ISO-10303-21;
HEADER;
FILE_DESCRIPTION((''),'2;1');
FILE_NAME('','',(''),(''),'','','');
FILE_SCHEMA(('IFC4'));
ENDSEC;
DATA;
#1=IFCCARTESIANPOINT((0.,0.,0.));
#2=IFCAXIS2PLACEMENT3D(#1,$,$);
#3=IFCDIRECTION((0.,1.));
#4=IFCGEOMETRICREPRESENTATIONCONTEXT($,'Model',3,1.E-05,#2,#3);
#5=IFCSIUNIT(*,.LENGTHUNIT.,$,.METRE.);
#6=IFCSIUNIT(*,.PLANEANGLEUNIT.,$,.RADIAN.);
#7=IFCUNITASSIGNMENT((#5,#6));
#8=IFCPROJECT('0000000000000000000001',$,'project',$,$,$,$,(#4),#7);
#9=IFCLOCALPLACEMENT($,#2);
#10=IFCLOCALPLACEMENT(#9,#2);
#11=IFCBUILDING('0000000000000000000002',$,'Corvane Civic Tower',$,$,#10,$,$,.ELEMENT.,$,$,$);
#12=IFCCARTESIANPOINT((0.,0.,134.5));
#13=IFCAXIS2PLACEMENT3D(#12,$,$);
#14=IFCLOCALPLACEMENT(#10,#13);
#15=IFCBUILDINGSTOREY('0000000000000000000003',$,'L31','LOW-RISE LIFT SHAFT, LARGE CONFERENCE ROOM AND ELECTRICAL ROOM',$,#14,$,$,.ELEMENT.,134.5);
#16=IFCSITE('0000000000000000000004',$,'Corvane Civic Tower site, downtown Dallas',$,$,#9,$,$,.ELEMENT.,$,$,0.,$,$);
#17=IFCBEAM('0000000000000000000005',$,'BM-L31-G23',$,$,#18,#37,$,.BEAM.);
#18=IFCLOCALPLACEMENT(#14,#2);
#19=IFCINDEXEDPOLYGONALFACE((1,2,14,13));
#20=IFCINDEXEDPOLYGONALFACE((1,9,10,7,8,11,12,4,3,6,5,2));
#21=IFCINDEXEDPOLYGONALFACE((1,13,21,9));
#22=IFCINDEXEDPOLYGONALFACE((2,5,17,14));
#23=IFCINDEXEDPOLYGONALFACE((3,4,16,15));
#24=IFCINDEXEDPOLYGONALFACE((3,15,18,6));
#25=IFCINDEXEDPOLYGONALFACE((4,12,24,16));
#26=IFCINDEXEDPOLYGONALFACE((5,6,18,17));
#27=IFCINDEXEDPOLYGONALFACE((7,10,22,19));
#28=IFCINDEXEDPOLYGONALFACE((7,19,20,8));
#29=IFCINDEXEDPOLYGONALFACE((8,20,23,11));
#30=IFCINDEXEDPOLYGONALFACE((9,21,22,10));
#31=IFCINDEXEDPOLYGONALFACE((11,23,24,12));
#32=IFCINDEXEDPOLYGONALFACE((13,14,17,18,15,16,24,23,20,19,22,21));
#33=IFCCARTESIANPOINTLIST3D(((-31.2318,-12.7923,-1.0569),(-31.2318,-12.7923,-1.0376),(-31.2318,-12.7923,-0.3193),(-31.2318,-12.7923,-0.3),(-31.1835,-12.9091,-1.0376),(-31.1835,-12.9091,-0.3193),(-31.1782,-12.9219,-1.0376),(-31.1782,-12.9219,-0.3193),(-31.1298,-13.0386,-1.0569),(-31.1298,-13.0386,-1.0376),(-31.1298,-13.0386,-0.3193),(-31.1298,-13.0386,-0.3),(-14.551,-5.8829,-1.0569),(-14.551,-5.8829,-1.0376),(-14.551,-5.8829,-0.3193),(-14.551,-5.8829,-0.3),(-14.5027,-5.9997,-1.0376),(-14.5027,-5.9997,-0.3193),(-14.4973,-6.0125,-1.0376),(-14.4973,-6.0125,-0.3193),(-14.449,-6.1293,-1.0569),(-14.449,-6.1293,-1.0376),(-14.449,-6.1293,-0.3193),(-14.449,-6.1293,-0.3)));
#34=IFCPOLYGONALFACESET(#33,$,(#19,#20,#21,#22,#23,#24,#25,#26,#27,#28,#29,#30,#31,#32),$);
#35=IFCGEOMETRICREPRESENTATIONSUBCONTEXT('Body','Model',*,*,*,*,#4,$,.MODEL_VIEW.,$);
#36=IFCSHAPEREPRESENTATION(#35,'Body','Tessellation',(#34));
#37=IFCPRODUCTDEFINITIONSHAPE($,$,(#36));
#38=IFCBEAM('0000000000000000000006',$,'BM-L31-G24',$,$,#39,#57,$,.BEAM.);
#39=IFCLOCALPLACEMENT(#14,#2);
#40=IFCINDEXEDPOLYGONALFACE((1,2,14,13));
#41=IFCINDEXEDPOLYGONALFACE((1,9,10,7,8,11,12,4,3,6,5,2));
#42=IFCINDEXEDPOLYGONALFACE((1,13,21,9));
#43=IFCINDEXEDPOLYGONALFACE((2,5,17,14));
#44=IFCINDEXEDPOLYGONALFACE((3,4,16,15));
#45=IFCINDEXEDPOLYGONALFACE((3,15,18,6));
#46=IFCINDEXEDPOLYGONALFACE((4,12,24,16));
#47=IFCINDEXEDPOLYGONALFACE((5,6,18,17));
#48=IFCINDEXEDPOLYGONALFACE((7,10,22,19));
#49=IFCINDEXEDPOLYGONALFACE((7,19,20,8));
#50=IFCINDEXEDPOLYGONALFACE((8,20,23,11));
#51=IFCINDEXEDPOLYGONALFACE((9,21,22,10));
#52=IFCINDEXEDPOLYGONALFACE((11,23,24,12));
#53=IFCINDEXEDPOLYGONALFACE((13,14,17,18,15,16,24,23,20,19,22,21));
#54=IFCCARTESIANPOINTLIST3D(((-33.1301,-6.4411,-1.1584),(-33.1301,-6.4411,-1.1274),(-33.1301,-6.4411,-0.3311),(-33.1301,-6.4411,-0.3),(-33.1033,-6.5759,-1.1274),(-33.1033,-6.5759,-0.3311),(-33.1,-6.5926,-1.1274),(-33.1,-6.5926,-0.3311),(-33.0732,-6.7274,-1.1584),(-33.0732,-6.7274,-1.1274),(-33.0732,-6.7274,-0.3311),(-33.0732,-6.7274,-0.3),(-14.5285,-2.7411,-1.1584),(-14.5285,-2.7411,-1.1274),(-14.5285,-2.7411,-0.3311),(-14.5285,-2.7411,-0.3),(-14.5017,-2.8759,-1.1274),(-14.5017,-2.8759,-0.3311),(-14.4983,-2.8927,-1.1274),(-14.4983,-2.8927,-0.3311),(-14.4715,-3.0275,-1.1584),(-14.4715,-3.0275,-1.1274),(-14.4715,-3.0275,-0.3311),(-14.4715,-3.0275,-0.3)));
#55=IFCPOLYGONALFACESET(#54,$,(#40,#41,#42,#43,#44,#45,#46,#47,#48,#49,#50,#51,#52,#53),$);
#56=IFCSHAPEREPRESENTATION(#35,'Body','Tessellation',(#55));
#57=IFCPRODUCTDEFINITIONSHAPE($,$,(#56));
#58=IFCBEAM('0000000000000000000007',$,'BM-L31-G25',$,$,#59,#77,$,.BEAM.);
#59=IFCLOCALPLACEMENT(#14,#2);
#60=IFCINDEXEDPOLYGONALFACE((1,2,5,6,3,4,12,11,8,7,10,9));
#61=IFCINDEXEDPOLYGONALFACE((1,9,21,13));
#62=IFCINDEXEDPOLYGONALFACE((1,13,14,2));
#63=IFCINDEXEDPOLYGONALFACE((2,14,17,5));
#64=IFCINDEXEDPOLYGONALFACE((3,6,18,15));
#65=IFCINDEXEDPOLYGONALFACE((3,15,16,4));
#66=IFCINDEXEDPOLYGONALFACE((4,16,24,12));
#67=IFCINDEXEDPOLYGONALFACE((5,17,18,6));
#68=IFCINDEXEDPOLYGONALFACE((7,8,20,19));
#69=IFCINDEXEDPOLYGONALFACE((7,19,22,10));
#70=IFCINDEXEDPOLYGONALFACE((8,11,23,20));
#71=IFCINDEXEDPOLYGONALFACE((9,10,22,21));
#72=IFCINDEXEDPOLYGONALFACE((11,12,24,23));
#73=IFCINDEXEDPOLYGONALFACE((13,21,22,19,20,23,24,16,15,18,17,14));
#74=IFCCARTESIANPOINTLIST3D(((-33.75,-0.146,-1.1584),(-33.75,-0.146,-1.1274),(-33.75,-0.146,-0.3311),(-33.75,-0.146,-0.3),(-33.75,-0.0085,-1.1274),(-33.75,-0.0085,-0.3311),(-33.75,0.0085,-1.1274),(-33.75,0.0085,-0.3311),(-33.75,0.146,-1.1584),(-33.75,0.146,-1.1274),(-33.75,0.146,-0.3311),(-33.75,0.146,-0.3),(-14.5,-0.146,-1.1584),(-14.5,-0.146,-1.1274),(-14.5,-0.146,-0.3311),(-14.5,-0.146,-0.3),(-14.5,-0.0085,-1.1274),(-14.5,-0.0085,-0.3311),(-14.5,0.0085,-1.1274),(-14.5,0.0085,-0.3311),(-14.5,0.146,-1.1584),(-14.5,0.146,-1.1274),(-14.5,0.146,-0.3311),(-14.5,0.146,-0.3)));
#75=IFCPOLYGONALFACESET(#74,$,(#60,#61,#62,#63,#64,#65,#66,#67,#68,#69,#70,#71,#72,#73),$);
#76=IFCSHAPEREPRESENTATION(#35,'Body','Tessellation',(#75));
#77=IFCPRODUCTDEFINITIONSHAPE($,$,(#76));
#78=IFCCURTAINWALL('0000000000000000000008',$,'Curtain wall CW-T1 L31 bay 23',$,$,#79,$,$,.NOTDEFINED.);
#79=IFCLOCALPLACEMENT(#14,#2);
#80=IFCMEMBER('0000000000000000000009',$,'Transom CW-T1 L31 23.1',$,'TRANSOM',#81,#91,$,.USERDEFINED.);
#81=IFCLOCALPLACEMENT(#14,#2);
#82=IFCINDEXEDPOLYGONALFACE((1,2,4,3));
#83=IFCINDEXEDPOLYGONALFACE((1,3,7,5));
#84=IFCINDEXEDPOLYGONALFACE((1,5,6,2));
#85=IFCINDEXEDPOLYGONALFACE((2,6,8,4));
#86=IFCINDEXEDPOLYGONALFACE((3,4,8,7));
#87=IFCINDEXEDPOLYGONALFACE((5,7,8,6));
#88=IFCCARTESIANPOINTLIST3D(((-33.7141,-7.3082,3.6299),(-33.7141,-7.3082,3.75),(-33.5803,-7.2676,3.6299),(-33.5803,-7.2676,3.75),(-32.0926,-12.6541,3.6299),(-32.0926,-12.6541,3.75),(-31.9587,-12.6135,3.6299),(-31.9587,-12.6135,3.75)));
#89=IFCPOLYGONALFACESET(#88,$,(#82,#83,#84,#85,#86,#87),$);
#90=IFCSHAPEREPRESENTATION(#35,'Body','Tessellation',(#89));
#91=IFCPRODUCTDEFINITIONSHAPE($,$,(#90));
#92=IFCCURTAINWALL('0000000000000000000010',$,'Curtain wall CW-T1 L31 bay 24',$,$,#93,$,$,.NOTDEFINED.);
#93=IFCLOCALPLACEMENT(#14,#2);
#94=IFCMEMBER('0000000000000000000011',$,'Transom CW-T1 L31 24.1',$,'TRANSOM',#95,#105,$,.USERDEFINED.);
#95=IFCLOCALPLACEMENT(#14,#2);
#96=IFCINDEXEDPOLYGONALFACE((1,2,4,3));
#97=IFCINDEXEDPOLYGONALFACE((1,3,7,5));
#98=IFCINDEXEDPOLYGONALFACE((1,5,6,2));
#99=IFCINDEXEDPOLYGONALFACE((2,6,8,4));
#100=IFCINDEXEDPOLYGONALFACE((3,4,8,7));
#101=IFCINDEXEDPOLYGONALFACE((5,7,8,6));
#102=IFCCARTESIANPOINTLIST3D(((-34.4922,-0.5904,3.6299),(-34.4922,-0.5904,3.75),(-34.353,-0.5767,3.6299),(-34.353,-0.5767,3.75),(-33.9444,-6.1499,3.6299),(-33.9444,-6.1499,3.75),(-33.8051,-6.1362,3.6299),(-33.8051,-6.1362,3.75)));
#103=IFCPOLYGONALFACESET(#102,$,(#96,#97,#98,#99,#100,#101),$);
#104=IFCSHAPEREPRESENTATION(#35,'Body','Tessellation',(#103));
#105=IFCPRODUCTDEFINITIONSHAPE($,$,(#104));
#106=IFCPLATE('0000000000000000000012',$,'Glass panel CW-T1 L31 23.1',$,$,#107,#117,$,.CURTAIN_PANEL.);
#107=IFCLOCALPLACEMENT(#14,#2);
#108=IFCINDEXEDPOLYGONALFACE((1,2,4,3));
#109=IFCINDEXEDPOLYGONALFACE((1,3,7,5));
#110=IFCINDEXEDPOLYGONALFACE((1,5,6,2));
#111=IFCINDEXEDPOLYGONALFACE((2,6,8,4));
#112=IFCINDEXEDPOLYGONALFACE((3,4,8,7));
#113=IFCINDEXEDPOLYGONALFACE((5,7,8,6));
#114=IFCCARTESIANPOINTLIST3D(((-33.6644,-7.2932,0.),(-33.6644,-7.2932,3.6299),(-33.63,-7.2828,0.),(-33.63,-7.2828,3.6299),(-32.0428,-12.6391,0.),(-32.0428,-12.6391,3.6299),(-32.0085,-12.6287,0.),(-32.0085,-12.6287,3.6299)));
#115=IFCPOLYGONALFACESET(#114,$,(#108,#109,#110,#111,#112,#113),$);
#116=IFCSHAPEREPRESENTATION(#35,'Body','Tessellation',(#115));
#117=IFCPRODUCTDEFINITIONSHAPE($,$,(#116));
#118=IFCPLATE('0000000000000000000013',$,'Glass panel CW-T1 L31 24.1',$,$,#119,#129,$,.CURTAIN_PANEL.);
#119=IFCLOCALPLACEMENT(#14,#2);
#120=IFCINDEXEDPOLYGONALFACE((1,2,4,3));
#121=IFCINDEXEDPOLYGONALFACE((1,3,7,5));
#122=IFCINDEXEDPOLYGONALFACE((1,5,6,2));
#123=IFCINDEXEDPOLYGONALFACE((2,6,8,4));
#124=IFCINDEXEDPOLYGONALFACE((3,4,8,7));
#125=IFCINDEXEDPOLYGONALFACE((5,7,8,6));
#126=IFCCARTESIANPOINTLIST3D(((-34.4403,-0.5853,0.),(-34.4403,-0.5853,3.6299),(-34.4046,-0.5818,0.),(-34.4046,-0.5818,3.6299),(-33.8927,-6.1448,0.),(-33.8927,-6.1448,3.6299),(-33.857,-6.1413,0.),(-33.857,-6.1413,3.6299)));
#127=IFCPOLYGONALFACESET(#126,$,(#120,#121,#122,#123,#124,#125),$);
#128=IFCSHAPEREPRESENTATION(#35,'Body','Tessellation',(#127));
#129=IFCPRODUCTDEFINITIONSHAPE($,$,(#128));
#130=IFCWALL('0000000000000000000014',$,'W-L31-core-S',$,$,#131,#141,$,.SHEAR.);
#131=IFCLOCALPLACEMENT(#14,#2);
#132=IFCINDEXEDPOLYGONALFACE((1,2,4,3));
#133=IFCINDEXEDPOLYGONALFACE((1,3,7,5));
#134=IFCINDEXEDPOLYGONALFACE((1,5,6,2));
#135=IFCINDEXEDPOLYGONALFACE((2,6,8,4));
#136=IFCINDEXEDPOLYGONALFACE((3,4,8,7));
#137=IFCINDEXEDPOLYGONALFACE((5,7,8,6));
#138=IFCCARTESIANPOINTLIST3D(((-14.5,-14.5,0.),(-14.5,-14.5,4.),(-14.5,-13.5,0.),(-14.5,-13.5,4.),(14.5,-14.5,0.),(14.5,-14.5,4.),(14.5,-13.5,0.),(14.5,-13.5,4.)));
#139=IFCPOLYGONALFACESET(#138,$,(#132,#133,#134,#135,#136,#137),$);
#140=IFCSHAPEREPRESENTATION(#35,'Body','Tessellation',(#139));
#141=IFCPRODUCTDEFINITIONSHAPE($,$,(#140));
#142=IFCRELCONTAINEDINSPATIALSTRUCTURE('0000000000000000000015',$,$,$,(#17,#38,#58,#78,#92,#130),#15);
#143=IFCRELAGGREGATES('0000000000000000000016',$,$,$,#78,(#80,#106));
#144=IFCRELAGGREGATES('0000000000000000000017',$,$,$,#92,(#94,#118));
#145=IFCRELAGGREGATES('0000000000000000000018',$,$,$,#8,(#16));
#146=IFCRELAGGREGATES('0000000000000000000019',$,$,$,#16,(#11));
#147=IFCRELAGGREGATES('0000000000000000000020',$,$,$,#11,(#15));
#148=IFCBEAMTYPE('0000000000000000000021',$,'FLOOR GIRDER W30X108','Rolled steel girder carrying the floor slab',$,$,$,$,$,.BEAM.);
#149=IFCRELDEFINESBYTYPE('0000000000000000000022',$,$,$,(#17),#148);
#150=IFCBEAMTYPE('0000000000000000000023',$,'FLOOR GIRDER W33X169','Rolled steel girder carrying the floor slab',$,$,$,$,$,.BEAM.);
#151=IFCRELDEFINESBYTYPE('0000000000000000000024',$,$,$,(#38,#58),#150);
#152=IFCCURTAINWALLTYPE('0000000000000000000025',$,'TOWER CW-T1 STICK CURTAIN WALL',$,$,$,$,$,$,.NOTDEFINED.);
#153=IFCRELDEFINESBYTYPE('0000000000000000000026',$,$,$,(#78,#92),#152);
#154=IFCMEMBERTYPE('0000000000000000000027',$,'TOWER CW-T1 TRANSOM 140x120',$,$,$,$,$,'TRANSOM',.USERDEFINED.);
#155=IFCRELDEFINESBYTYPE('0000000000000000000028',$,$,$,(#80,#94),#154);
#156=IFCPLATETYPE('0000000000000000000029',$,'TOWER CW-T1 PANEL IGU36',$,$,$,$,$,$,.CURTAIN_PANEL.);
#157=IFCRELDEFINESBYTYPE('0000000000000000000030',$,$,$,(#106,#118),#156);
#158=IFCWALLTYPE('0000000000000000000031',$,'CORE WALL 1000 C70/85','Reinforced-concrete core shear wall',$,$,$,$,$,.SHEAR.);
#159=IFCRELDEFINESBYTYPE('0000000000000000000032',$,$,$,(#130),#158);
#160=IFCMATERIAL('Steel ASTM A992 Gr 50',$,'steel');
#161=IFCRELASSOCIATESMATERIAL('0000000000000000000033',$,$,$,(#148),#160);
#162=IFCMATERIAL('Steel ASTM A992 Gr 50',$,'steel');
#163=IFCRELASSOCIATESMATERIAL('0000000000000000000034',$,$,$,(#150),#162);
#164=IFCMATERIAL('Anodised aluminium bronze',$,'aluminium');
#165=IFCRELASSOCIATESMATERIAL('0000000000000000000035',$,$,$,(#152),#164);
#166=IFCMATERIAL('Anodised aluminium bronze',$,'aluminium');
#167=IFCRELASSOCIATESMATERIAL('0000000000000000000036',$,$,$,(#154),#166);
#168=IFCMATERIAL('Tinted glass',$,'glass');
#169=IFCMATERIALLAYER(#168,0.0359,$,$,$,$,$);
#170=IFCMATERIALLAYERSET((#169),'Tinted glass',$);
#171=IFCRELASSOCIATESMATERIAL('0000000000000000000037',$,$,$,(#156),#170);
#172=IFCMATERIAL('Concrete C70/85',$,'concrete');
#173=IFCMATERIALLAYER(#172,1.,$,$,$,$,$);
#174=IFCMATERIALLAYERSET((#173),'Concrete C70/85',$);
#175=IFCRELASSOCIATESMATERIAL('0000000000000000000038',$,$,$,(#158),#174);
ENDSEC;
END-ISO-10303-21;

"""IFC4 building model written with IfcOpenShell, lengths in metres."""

from ifc_helpers import new_model, si_unit, direction, frame, frame_2d, origin, origin_2d, place, context, subcontext, project, spatial, rectangle, i_section, extrude, material, layer, layer_set, material_profile, profile_set, type_object, element, aggregate, save


model = new_model("IFC4")

# Units and contexts
model_context = context("Model", 3, precision=1e-05, world=origin(), true_north=direction((0.0, 1.0)))
body_context = subcontext(model_context, "Body", "Model", "MODEL_VIEW")
ifc_project = project(units=[si_unit("LENGTHUNIT", "METRE"), si_unit("PLANEANGLEUNIT", "RADIAN")], contexts=[model_context])

# Site, building, storey
site_placement = place(None, origin())
site = spatial("IfcSite", under=ifc_project, at=site_placement, Name="Corvane Civic Tower site, downtown Dallas", CompositionType="ELEMENT", RefElevation=0.0)
building_placement = place(site_placement, origin())
building = spatial("IfcBuilding", under=site, at=building_placement, Name="Corvane Civic Tower", CompositionType="ELEMENT")
storey_placement = place(building_placement, frame((0.0, 0.0, 134.5)))
storey = spatial("IfcBuildingStorey", under=building, at=storey_placement, Name="L31", Description="LOW-RISE LIFT SHAFT, LARGE CONFERENCE ROOM AND ELECTRICAL ROOM", CompositionType="ELEMENT", Elevation=134.5)

# Beams
ifc_material_1 = material(Name="Steel ASTM A992 Gr 50", Category="steel")
ifc_material_profile_1 = material_profile(ifc_material_1, i_section(OverallWidth=0.2666, OverallDepth=0.7568, WebThickness=0.0139, FlangeThickness=0.0193, at=origin_2d()), Name="W30X108")
ifc_profile_set_1 = profile_set([ifc_material_profile_1], Name="Steel ASTM A992 Gr 50")
beam_type_1 = type_object("IfcBeamType", Name="FLOOR GIRDER W30X108", Description="Rolled steel girder carrying the floor slab", PredefinedType="BEAM", material=ifc_profile_set_1)
beam_1_placement = place(storey_placement, frame((-14.5, -6.0061, -0.6785), z_axis=(-0.92388, -0.382682, 0.0), x_axis=(0.382682, -0.92388, 0.0)))
element("IfcBeam", 1, at=beam_1_placement, inside=storey, type_object=beam_type_1, Name="BM-L31-G23", PredefinedType="BEAM", context=body_context, shape_type="SweptSolid", body=[
    extrude(i_section(OverallWidth=0.2666, OverallDepth=0.7568, WebThickness=0.0139, FlangeThickness=0.0193, at=origin_2d()), origin(), (0.0, 0.0, 1.0), 18.0552),
])
ifc_material_2 = material(Name="Steel ASTM A992 Gr 50", Category="steel")
ifc_material_profile_2 = material_profile(ifc_material_2, i_section(OverallWidth=0.292, OverallDepth=0.8584, WebThickness=0.0171, FlangeThickness=0.031, at=origin_2d()), Name="W33X169")
ifc_profile_set_2 = profile_set([ifc_material_profile_2], Name="Steel ASTM A992 Gr 50")
beam_type_2 = type_object("IfcBeamType", Name="FLOOR GIRDER W33X169", Description="Rolled steel girder carrying the floor slab", PredefinedType="BEAM", material=ifc_profile_set_2)
beam_2_placement = place(storey_placement, frame((-14.5, -2.8843, -0.7292), z_axis=(-0.980787, -0.195084, 0.0), x_axis=(0.195084, -0.980787, 0.0)))
element("IfcBeam", 2, at=beam_2_placement, inside=storey, type_object=beam_type_2, Name="BM-L31-G24", PredefinedType="BEAM", context=body_context, shape_type="SweptSolid", body=[
    extrude(i_section(OverallWidth=0.292, OverallDepth=0.8584, WebThickness=0.0171, FlangeThickness=0.031, at=origin_2d()), origin(), (0.0, 0.0, 1.0), 18.9661),
])
beam_3_placement = place(storey_placement, frame((-14.5, 0.0, -0.7292), z_axis=(-1.0, 0.0, 0.0), x_axis=(0.0, -1.0, 0.0)))
element("IfcBeam", 3, at=beam_3_placement, inside=storey, type_object=beam_type_2, Name="BM-L31-G25", PredefinedType="BEAM", context=body_context, shape_type="SweptSolid", body=[
    extrude(i_section(OverallWidth=0.292, OverallDepth=0.8584, WebThickness=0.0171, FlangeThickness=0.031, at=origin_2d()), origin(), (0.0, 0.0, 1.0), 19.25),
])

# Curtain walls, members
ifc_material_3 = material(Name="Anodised aluminium bronze", Category="aluminium")
curtain_wall_type = type_object("IfcCurtainWallType", Name="TOWER CW-T1 STICK CURTAIN WALL", PredefinedType="NOTDEFINED", material=ifc_material_3)
curtain_wall_1_placement = place(storey_placement, origin())
curtain_wall_1 = element("IfcCurtainWall", 4, at=curtain_wall_1_placement, inside=storey, type_object=curtain_wall_type, Name="Curtain wall CW-T1 L31 bay 23", PredefinedType="NOTDEFINED")
ifc_material_4 = material(Name="Anodised aluminium bronze", Category="aluminium")
ifc_material_profile_3 = material_profile(ifc_material_4, rectangle(XDim=0.1399, YDim=0.1201, at=origin_2d()), Name="TOWER CW-T1 TRANSOM 140x120")
ifc_profile_set_3 = profile_set([ifc_material_profile_3], Name="Anodised aluminium bronze")
member_type = type_object("IfcMemberType", Name="TOWER CW-T1 TRANSOM 140x120", ElementType="TRANSOM", PredefinedType="USERDEFINED", material=ifc_profile_set_3)
member_1_placement = place(storey_placement, frame((-32.0256, -12.6338, 3.6899), z_axis=(-0.290269, 0.956945, 0.0), x_axis=(-0.956945, -0.290269, 0.0)))
member_1 = element("IfcMember", 5, at=member_1_placement, type_object=member_type, Name="Transom CW-T1 L31 23.1", ObjectType="TRANSOM", PredefinedType="USERDEFINED", context=body_context, shape_type="SweptSolid", body=[
    extrude(rectangle(XDim=0.1399, YDim=0.1201, at=origin_2d()), origin(), (0.0, 0.0, 1.0), 5.5864),
])
curtain_wall_2_placement = place(storey_placement, origin())
curtain_wall_2 = element("IfcCurtainWall", 6, at=curtain_wall_2_placement, inside=storey, type_object=curtain_wall_type, Name="Curtain wall CW-T1 L31 bay 24", PredefinedType="NOTDEFINED")
member_2_placement = place(storey_placement, frame((-33.8748, -6.1431, 3.6899), z_axis=(-0.098067, 0.99518, 0.0), x_axis=(-0.99518, -0.098067, 0.0)))
member_2 = element("IfcMember", 7, at=member_2_placement, type_object=member_type, Name="Transom CW-T1 L31 24.1", ObjectType="TRANSOM", PredefinedType="USERDEFINED", context=body_context, shape_type="SweptSolid", body=[
    extrude(rectangle(XDim=0.1399, YDim=0.1201, at=origin_2d()), origin(), (0.0, 0.0, 1.0), 5.5864),
])

# Plates
ifc_material_5 = material(Name="Tinted glass", Category="glass")
ifc_layer_1 = layer(ifc_material_5, 0.0359)
ifc_layer_set_1 = layer_set([ifc_layer_1], Name="Tinted glass")
plate_type = type_object("IfcPlateType", Name="TOWER CW-T1 PANEL IGU36", PredefinedType="CURTAIN_PANEL", material=ifc_layer_set_1)
plate_1_placement = place(storey_placement, frame((-32.8364, -9.9609, 0.0), z_axis=(0.0, 0.0, 1.0), x_axis=(-0.290266, 0.956946, 0.0)))
plate_1 = element("IfcPlate", 8, at=plate_1_placement, type_object=plate_type, Name="Glass panel CW-T1 L31 23.1", PredefinedType="CURTAIN_PANEL", context=body_context, shape_type="SweptSolid", body=[
    extrude(rectangle(XDim=5.5864, YDim=0.0359, at=origin_2d()), origin(), (0.0, 0.0, 1.0), 3.6299),
])
aggregate(curtain_wall_1, [member_1, plate_1])
plate_2_placement = place(storey_placement, frame((-34.1487, -3.3633, 0.0), z_axis=(0.0, 0.0, 1.0), x_axis=(-0.098027, 0.995184, 0.0)))
plate_2 = element("IfcPlate", 9, at=plate_2_placement, type_object=plate_type, Name="Glass panel CW-T1 L31 24.1", PredefinedType="CURTAIN_PANEL", context=body_context, shape_type="SweptSolid", body=[
    extrude(rectangle(XDim=5.5864, YDim=0.0359, at=origin_2d()), origin(), (0.0, 0.0, 1.0), 3.6299),
])
aggregate(curtain_wall_2, [member_2, plate_2])

# Wall
ifc_material_6 = material(Name="Concrete C70/85", Category="concrete")
ifc_layer_2 = layer(ifc_material_6, 1.0)
ifc_layer_set_2 = layer_set([ifc_layer_2], Name="Concrete C70/85")
wall_type_1 = type_object("IfcWallType", Name="CORE WALL 1000 C70/85", Description="Reinforced-concrete core shear wall", PredefinedType="SHEAR", material=ifc_layer_set_2)
wall_1_placement = place(storey_placement, frame((-14.5, -14.0, 0.0), z_axis=(0.0, 0.0, 1.0), x_axis=(1.0, 0.0, 0.0)))
element("IfcWall", 10, at=wall_1_placement, inside=storey, type_object=wall_type_1, Name="W-L31-core-S", PredefinedType="SHEAR", context=body_context, shape_type="SweptSolid", body=[
    extrude(rectangle(XDim=29.0, YDim=1.0, at=frame_2d((14.5, 0.0))), origin(), (0.0, 0.0, 1.0), 4.0),
])

save(model, "model.ifc")
